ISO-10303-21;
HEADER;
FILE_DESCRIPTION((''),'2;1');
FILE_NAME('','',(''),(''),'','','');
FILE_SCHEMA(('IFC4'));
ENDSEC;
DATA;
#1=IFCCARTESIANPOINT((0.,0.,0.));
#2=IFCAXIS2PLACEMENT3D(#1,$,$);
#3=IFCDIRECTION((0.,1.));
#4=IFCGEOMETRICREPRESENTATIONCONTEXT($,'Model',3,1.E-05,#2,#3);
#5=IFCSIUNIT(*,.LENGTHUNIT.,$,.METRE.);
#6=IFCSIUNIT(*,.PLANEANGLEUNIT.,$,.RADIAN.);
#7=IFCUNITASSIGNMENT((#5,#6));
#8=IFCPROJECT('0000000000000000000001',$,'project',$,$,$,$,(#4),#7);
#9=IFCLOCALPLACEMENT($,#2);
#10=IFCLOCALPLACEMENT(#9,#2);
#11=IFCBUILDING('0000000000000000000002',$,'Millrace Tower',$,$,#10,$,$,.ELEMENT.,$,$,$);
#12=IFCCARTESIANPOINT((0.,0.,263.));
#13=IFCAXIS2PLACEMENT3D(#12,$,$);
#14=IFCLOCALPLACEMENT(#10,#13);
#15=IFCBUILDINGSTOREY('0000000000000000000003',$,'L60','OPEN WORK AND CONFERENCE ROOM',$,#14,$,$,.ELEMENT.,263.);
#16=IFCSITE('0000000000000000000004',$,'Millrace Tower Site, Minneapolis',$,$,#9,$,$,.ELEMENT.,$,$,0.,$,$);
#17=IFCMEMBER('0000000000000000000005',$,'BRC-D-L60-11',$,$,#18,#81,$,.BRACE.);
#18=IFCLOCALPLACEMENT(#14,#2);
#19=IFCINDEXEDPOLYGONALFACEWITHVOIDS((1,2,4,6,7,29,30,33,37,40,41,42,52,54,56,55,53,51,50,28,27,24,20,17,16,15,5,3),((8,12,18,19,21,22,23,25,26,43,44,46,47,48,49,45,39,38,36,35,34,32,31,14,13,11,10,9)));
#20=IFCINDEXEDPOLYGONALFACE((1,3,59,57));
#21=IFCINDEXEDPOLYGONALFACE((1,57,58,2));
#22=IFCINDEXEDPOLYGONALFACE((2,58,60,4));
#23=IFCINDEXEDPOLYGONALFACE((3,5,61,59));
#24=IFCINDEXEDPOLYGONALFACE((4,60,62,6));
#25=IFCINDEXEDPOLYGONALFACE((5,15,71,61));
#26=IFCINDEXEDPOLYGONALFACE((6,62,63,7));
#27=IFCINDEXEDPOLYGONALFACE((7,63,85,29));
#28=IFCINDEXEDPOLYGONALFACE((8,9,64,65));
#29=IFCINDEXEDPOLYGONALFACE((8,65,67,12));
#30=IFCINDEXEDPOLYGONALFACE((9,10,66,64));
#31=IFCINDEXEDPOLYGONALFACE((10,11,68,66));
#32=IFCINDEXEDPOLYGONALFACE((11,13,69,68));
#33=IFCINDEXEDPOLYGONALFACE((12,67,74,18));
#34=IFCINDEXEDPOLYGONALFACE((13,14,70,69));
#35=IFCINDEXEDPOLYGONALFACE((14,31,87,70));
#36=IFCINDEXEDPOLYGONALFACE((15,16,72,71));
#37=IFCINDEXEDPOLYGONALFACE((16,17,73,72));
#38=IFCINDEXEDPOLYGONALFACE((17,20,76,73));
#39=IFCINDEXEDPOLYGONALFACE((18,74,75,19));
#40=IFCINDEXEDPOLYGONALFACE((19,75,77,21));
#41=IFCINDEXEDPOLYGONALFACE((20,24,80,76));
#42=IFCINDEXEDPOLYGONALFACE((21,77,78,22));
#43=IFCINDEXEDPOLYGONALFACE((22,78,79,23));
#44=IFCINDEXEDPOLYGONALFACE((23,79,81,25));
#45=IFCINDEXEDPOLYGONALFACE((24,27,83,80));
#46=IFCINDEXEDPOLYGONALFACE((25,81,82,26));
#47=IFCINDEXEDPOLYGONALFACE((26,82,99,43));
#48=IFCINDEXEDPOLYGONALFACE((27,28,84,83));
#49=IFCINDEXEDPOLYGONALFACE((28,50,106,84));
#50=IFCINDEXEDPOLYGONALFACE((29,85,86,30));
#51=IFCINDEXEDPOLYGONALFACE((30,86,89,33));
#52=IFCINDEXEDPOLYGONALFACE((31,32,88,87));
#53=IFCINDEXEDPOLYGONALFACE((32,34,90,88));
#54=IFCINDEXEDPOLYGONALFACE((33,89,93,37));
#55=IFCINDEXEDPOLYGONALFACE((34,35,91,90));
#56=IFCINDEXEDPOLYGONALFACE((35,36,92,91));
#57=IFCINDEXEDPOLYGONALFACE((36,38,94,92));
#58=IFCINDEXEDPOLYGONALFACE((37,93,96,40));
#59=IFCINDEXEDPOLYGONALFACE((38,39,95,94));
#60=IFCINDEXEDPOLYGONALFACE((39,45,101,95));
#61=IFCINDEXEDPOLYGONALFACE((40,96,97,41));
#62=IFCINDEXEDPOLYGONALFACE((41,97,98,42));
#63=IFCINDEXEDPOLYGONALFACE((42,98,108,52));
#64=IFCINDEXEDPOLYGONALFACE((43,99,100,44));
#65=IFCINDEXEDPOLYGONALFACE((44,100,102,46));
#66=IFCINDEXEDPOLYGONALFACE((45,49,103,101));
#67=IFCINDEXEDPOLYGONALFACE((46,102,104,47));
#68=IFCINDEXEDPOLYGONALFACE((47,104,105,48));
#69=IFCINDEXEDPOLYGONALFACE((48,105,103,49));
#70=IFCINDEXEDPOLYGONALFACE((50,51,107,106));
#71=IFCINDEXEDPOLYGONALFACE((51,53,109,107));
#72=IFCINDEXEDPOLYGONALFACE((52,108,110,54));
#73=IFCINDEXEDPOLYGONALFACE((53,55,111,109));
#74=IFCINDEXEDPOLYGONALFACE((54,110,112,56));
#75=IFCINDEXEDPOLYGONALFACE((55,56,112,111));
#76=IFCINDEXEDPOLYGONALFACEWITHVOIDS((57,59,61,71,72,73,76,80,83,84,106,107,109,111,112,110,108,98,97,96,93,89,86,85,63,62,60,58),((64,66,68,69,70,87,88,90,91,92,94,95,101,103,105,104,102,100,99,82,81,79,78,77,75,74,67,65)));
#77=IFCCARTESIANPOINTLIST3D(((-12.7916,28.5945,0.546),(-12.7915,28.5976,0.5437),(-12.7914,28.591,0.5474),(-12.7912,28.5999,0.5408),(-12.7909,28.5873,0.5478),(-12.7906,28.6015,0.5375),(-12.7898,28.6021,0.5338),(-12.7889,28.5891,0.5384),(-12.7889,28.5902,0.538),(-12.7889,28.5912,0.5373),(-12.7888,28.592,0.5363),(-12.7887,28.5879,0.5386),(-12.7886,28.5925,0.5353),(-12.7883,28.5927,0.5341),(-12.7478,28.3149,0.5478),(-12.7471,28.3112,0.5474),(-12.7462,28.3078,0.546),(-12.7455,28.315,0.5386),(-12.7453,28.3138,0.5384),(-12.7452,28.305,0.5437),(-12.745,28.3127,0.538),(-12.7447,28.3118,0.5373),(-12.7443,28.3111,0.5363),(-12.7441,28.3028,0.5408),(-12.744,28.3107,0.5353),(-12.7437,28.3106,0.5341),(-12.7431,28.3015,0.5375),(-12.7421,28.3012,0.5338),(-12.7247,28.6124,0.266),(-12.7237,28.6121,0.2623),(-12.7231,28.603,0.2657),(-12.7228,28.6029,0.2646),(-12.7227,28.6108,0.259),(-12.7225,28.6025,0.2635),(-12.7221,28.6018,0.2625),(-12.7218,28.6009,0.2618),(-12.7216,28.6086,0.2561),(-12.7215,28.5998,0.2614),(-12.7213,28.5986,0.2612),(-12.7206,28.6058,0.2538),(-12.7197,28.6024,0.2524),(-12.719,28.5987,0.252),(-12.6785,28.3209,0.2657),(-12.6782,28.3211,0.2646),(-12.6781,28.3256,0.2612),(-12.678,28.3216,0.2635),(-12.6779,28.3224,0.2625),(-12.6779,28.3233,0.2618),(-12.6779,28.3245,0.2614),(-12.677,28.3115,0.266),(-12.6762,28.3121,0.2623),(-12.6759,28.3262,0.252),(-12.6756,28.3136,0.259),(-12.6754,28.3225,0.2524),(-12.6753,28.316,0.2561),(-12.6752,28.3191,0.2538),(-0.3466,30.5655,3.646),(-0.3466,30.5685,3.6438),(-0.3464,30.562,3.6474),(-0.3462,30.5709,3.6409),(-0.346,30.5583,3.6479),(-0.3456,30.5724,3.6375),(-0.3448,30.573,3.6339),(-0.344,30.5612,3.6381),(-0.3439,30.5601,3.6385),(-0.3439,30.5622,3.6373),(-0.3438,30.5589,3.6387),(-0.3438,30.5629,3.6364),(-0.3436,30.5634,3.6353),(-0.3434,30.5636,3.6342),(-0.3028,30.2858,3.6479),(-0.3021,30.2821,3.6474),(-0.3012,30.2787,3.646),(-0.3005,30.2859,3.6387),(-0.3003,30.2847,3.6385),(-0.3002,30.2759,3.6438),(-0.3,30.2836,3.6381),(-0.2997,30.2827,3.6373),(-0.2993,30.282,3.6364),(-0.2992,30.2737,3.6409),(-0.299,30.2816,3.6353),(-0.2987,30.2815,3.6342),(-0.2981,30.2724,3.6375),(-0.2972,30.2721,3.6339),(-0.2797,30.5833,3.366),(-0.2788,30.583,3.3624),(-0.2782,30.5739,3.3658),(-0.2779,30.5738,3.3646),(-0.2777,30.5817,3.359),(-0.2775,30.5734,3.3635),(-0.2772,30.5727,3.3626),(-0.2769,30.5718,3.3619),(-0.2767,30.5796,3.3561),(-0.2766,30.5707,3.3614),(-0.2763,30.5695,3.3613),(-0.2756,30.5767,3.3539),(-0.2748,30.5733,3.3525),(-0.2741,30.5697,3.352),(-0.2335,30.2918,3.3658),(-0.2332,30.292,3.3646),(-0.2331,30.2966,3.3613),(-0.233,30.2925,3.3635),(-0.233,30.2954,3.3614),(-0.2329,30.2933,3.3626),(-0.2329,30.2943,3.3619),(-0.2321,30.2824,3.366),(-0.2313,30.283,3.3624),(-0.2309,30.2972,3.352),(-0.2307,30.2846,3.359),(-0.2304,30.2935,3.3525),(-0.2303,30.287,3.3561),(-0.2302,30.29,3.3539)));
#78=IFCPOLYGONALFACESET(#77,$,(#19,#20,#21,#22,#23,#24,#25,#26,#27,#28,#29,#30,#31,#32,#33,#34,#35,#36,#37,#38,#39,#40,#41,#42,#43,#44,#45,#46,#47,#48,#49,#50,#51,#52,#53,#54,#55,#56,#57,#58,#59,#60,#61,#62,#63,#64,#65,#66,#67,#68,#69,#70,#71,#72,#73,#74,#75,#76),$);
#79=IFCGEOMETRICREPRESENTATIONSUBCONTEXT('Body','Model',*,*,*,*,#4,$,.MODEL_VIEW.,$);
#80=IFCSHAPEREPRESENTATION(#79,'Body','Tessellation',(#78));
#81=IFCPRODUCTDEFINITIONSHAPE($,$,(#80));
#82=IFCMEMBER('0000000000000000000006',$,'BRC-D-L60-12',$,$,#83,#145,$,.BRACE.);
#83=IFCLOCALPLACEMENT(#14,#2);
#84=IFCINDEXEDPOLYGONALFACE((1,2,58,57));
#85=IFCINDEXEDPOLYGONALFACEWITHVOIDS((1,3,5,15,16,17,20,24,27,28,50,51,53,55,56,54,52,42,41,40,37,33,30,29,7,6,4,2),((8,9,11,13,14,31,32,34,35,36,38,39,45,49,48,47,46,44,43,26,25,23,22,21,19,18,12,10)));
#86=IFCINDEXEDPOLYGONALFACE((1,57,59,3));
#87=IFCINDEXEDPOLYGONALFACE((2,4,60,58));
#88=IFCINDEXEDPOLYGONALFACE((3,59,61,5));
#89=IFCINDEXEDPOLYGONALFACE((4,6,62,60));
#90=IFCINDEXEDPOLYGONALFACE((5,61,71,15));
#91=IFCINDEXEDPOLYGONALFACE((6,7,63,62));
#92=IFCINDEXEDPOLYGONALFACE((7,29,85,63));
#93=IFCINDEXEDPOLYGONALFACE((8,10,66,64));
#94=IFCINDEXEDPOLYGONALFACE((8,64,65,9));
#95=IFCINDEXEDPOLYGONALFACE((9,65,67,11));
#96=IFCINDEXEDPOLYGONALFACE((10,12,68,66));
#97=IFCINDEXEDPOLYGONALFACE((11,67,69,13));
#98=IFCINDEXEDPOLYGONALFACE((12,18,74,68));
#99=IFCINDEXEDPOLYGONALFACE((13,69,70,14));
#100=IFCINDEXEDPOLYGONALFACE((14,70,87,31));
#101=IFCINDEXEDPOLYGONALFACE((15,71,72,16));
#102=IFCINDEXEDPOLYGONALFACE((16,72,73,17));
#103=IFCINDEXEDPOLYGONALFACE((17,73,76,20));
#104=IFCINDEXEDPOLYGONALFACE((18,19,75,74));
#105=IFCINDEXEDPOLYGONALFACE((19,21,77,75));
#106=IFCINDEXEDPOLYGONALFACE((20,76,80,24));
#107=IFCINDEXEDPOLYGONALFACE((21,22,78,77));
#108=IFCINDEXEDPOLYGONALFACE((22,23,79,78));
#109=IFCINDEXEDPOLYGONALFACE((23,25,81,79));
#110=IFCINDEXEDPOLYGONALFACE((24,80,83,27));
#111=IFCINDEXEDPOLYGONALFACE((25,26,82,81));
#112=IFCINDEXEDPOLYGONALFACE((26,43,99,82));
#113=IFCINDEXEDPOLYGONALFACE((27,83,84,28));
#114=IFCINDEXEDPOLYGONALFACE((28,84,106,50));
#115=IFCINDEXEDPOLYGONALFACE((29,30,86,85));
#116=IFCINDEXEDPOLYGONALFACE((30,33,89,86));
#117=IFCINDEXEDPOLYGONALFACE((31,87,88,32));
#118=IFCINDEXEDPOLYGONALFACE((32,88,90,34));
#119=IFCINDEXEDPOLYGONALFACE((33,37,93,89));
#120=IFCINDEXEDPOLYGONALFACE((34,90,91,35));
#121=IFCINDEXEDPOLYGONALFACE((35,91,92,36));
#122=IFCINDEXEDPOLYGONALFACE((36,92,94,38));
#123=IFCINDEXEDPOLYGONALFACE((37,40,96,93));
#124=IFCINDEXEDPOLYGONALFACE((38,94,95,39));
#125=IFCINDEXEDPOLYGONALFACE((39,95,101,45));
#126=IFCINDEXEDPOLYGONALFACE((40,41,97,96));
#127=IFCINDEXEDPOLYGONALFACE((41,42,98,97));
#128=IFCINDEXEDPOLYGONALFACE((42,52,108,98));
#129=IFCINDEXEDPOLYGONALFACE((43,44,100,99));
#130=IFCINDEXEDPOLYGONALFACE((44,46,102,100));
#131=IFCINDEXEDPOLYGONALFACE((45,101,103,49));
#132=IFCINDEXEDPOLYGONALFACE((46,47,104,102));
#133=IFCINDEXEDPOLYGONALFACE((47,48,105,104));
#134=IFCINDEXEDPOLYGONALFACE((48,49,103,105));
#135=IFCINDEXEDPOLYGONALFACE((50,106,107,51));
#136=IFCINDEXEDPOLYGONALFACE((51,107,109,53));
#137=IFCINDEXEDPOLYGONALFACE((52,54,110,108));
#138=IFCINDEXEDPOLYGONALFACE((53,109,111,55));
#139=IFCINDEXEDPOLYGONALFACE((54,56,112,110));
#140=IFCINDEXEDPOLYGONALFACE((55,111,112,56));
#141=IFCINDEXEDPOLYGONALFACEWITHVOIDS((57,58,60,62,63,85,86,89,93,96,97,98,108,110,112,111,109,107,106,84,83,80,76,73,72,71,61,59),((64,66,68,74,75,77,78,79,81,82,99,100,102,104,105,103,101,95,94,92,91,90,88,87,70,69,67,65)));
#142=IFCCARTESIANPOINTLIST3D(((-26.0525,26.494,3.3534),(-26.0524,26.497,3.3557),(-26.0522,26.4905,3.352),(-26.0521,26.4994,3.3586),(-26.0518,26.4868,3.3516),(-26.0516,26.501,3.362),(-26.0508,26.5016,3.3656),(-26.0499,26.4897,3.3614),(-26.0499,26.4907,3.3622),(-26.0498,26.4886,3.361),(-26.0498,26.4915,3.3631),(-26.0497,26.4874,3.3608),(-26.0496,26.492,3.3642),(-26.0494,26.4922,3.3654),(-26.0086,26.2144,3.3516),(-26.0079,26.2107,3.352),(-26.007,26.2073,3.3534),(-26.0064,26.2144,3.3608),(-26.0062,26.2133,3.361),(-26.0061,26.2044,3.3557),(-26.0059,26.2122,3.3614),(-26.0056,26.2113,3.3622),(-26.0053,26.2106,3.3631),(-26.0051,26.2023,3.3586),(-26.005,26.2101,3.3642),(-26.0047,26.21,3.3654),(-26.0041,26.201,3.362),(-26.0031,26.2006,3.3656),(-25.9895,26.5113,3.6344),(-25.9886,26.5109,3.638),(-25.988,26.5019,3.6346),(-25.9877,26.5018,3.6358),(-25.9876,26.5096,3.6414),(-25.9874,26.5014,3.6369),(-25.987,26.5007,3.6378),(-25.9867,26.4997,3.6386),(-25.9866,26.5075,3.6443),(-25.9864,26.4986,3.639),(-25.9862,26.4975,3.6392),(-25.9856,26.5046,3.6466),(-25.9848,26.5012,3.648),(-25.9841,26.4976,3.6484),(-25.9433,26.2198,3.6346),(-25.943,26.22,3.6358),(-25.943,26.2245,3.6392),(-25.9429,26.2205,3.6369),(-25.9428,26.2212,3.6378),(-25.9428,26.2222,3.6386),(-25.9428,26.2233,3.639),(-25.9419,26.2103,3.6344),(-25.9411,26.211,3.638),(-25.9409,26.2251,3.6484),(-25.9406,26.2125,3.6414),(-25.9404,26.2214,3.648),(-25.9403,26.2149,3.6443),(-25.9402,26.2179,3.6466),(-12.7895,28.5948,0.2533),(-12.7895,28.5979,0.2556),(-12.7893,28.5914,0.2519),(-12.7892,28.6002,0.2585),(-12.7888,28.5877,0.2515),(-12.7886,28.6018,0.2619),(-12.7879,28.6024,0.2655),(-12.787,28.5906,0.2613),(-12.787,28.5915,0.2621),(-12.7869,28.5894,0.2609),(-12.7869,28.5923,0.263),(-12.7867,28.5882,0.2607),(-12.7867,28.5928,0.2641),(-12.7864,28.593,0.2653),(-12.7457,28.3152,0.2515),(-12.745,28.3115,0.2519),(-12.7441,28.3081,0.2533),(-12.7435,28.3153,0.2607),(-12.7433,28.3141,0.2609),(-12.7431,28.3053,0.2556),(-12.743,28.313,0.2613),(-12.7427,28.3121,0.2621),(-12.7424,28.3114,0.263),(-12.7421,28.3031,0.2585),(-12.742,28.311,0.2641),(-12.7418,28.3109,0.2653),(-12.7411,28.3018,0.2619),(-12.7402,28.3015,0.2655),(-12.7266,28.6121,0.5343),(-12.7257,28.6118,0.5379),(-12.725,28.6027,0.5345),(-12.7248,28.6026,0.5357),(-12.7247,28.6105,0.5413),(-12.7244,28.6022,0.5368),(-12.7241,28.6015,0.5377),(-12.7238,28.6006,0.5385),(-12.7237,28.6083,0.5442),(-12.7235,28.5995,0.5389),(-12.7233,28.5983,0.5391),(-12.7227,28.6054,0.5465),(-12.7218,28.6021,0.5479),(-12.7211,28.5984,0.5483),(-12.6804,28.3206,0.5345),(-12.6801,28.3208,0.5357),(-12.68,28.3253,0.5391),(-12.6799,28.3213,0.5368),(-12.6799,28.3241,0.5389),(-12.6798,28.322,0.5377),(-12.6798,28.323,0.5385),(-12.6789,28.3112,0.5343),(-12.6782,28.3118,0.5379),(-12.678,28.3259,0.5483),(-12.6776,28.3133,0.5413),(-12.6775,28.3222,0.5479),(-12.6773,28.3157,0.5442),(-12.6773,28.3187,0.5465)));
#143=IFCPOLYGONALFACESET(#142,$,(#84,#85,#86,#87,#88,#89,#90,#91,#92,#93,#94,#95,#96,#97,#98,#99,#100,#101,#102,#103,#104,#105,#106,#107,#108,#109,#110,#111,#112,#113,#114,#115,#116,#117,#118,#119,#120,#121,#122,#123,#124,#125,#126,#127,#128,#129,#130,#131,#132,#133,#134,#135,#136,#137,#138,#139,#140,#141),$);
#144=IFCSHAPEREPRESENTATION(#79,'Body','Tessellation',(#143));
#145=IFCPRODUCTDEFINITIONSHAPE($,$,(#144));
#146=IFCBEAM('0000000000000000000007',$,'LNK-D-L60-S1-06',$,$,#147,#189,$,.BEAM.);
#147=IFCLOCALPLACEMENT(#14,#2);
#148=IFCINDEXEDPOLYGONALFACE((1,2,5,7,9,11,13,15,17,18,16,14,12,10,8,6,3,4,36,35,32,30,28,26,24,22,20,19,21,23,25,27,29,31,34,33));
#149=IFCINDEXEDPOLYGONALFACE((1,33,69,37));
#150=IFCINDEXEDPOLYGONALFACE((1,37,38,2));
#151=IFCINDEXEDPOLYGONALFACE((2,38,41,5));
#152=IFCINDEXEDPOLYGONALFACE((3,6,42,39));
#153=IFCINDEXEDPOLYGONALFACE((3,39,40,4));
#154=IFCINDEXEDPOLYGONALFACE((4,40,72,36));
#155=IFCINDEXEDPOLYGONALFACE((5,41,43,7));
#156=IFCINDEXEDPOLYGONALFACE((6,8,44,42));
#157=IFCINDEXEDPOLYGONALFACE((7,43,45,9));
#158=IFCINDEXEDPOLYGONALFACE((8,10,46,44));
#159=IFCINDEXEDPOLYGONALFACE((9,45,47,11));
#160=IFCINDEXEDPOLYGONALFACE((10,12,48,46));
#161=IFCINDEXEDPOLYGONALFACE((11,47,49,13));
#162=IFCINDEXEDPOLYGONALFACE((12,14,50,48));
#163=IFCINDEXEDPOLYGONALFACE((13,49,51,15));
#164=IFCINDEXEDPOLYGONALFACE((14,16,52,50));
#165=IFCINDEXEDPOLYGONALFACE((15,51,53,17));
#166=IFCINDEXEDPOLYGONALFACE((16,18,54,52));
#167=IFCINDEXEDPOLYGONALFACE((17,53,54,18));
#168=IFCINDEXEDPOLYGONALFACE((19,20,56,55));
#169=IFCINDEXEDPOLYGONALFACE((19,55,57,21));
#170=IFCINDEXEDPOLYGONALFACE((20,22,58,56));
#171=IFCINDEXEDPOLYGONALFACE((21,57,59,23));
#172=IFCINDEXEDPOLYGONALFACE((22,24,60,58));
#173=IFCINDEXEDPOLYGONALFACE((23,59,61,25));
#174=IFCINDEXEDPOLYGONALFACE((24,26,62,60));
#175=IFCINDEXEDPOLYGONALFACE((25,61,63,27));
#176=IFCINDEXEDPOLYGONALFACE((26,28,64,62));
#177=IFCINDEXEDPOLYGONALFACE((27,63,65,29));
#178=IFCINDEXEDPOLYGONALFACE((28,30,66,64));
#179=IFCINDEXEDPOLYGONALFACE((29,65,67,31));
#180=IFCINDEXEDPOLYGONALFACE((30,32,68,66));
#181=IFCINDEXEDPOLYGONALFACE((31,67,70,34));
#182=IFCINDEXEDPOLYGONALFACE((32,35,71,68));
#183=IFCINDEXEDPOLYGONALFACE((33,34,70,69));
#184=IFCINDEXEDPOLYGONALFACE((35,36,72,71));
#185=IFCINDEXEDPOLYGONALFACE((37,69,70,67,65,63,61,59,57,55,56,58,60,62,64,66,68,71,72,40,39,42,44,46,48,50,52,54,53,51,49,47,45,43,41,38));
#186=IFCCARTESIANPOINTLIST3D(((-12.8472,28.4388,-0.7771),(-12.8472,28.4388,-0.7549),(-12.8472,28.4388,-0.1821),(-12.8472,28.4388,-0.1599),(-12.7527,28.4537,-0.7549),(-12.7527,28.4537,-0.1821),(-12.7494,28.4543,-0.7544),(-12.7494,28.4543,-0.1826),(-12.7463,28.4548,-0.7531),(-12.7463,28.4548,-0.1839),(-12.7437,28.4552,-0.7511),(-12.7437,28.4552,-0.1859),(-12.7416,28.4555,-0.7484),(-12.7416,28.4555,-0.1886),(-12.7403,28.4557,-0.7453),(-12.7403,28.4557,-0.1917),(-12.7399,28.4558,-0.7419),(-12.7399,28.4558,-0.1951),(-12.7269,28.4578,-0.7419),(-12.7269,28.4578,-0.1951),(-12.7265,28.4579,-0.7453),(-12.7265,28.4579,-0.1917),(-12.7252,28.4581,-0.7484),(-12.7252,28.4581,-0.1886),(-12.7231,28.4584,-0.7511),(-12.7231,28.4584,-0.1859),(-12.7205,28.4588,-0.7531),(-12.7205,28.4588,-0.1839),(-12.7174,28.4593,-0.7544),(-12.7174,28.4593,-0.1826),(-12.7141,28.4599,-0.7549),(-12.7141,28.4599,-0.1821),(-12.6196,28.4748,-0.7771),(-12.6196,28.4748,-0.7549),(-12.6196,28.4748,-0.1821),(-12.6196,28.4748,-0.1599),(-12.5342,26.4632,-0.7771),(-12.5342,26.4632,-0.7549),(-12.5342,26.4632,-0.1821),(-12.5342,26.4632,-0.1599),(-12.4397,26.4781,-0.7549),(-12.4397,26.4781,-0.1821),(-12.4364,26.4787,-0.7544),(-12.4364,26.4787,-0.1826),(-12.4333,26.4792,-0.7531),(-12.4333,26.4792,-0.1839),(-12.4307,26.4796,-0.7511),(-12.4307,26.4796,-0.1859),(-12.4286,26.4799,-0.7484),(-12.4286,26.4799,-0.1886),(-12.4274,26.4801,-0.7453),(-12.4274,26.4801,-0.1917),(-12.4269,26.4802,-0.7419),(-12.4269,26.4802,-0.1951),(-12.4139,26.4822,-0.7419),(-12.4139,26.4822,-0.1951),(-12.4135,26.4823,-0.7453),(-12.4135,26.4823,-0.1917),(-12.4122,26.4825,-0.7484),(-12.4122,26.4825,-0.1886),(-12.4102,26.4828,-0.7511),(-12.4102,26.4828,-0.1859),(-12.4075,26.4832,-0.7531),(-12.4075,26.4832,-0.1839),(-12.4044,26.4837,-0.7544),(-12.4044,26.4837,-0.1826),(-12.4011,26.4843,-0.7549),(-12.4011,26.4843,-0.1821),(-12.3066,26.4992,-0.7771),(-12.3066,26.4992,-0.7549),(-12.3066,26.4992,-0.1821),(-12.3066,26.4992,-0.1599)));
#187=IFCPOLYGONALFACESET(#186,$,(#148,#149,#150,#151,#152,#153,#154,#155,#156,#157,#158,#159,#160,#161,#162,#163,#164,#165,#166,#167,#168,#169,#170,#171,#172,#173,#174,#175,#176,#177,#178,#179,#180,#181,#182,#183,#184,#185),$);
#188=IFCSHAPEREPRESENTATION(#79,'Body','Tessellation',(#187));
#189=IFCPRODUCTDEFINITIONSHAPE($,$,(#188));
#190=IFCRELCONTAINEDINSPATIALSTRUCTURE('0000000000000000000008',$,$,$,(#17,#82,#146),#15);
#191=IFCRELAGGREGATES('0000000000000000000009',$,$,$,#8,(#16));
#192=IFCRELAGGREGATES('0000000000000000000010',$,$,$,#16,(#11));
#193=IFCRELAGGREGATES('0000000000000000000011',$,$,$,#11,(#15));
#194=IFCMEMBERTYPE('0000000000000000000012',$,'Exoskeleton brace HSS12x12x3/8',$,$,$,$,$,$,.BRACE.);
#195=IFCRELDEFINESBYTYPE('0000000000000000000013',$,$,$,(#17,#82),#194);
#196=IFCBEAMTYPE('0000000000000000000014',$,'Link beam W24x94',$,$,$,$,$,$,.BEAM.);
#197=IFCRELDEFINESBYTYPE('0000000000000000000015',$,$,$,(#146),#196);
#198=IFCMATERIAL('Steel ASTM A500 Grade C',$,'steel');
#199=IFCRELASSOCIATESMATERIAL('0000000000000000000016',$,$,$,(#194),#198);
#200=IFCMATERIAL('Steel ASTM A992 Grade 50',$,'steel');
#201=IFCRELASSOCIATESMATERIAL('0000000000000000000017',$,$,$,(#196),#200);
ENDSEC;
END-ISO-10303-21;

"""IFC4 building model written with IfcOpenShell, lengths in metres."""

from ifc_helpers import new_model, si_unit, direction, frame, origin, origin_2d, place, context, subcontext, project, spatial, hollow_rectangle, i_section, extrude, material, material_profile, profile_set, type_object, element, save


model = new_model("IFC4")

# Units and contexts
model_context = context("Model", 3, precision=1e-05, world=origin(), true_north=direction((0.0, 1.0)))
body_context = subcontext(model_context, "Body", "Model", "MODEL_VIEW")
ifc_project = project(units=[si_unit("LENGTHUNIT", "METRE"), si_unit("PLANEANGLEUNIT", "RADIAN")], contexts=[model_context])

# Site, building, storey
site_placement = place(None, origin())
site = spatial("IfcSite", under=ifc_project, at=site_placement, Name="Millrace Tower Site, Minneapolis", CompositionType="ELEMENT", RefElevation=0.0)
building_placement = place(site_placement, origin())
building = spatial("IfcBuilding", under=site, at=building_placement, Name="Millrace Tower", CompositionType="ELEMENT")
storey_placement = place(building_placement, frame((0.0, 0.0, 263.0)))
storey = spatial("IfcBuildingStorey", under=building, at=storey_placement, Name="L60", Description="OPEN WORK AND CONFERENCE ROOM", CompositionType="ELEMENT", Elevation=263.0)

# Members
ifc_material_1 = material(Name="Steel ASTM A500 Grade C", Category="steel")
ifc_material_profile_1 = material_profile(ifc_material_1, hollow_rectangle(XDim=0.3047, YDim=0.3047, WallThickness=0.0095, InnerFilletRadius=0.0046, OuterFilletRadius=0.0144, at=origin_2d()))
ifc_profile_set_1 = profile_set([ifc_material_profile_1], Name="Steel ASTM A500 Grade C")
member_type_1 = type_object("IfcMemberType", Name="Exoskeleton brace HSS12x12x3/8", PredefinedType="BRACE", material=ifc_profile_set_1)
member_1_placement = place(storey_placement, frame((-12.7334, 28.4568, 0.3999), z_axis=(0.959088, 0.151892, 0.238911), x_axis=(-0.156422, 0.98769, 0.0)))
element("IfcMember", 1, at=member_1_placement, inside=storey, type_object=member_type_1, Name="BRC-D-L60-11", PredefinedType="BRACE", context=body_context, shape_type="SweptSolid", body=[
    extrude(hollow_rectangle(XDim=0.3047, YDim=0.3047, WallThickness=0.0095, InnerFilletRadius=0.0046, OuterFilletRadius=0.0144, at=origin_2d()), origin(), (0.0, 0.0, 1.0), 12.9758),
])
member_2_placement = place(storey_placement, frame((-12.7334, 28.4568, 0.3999), z_axis=(-0.962373, -0.152438, 0.224946), x_axis=(0.156448, -0.987686, 0.0)))
element("IfcMember", 2, at=member_2_placement, inside=storey, type_object=member_type_1, Name="BRC-D-L60-12", PredefinedType="BRACE", context=body_context, shape_type="SweptSolid", body=[
    extrude(hollow_rectangle(XDim=0.3047, YDim=0.3047, WallThickness=0.0095, InnerFilletRadius=0.0046, OuterFilletRadius=0.0144, at=origin_2d()), origin(), (0.0, 0.0, 1.0), 13.7815),
])

# Beam
ifc_material_2 = material(Name="Steel ASTM A992 Grade 50", Category="steel")
ifc_material_profile_2 = material_profile(ifc_material_2, i_section(OverallWidth=0.2305, OverallDepth=0.6172, WebThickness=0.0132, FlangeThickness=0.0222, FilletRadius=0.0129, at=origin_2d()))
ifc_profile_set_2 = profile_set([ifc_material_profile_2], Name="Steel ASTM A992 Grade 50")
beam_type_1 = type_object("IfcBeamType", Name="Link beam W24x94", PredefinedType="BEAM", material=ifc_profile_set_2)
beam_1_placement = place(storey_placement, frame((-12.4204, 26.4812, -0.4685), z_axis=(-0.156477, 0.987682, 0.0), x_axis=(-0.987682, -0.156477, 0.0)))
element("IfcBeam", 3, at=beam_1_placement, inside=storey, type_object=beam_type_1, Name="LNK-D-L60-S1-06", PredefinedType="BEAM", context=body_context, shape_type="SweptSolid", body=[
    extrude(i_section(OverallWidth=0.2305, OverallDepth=0.6172, WebThickness=0.0132, FlangeThickness=0.0222, FilletRadius=0.0129, at=origin_2d()), origin(), (0.0, 0.0, 1.0), 2.0002),
])

save(model, "model.ifc")
